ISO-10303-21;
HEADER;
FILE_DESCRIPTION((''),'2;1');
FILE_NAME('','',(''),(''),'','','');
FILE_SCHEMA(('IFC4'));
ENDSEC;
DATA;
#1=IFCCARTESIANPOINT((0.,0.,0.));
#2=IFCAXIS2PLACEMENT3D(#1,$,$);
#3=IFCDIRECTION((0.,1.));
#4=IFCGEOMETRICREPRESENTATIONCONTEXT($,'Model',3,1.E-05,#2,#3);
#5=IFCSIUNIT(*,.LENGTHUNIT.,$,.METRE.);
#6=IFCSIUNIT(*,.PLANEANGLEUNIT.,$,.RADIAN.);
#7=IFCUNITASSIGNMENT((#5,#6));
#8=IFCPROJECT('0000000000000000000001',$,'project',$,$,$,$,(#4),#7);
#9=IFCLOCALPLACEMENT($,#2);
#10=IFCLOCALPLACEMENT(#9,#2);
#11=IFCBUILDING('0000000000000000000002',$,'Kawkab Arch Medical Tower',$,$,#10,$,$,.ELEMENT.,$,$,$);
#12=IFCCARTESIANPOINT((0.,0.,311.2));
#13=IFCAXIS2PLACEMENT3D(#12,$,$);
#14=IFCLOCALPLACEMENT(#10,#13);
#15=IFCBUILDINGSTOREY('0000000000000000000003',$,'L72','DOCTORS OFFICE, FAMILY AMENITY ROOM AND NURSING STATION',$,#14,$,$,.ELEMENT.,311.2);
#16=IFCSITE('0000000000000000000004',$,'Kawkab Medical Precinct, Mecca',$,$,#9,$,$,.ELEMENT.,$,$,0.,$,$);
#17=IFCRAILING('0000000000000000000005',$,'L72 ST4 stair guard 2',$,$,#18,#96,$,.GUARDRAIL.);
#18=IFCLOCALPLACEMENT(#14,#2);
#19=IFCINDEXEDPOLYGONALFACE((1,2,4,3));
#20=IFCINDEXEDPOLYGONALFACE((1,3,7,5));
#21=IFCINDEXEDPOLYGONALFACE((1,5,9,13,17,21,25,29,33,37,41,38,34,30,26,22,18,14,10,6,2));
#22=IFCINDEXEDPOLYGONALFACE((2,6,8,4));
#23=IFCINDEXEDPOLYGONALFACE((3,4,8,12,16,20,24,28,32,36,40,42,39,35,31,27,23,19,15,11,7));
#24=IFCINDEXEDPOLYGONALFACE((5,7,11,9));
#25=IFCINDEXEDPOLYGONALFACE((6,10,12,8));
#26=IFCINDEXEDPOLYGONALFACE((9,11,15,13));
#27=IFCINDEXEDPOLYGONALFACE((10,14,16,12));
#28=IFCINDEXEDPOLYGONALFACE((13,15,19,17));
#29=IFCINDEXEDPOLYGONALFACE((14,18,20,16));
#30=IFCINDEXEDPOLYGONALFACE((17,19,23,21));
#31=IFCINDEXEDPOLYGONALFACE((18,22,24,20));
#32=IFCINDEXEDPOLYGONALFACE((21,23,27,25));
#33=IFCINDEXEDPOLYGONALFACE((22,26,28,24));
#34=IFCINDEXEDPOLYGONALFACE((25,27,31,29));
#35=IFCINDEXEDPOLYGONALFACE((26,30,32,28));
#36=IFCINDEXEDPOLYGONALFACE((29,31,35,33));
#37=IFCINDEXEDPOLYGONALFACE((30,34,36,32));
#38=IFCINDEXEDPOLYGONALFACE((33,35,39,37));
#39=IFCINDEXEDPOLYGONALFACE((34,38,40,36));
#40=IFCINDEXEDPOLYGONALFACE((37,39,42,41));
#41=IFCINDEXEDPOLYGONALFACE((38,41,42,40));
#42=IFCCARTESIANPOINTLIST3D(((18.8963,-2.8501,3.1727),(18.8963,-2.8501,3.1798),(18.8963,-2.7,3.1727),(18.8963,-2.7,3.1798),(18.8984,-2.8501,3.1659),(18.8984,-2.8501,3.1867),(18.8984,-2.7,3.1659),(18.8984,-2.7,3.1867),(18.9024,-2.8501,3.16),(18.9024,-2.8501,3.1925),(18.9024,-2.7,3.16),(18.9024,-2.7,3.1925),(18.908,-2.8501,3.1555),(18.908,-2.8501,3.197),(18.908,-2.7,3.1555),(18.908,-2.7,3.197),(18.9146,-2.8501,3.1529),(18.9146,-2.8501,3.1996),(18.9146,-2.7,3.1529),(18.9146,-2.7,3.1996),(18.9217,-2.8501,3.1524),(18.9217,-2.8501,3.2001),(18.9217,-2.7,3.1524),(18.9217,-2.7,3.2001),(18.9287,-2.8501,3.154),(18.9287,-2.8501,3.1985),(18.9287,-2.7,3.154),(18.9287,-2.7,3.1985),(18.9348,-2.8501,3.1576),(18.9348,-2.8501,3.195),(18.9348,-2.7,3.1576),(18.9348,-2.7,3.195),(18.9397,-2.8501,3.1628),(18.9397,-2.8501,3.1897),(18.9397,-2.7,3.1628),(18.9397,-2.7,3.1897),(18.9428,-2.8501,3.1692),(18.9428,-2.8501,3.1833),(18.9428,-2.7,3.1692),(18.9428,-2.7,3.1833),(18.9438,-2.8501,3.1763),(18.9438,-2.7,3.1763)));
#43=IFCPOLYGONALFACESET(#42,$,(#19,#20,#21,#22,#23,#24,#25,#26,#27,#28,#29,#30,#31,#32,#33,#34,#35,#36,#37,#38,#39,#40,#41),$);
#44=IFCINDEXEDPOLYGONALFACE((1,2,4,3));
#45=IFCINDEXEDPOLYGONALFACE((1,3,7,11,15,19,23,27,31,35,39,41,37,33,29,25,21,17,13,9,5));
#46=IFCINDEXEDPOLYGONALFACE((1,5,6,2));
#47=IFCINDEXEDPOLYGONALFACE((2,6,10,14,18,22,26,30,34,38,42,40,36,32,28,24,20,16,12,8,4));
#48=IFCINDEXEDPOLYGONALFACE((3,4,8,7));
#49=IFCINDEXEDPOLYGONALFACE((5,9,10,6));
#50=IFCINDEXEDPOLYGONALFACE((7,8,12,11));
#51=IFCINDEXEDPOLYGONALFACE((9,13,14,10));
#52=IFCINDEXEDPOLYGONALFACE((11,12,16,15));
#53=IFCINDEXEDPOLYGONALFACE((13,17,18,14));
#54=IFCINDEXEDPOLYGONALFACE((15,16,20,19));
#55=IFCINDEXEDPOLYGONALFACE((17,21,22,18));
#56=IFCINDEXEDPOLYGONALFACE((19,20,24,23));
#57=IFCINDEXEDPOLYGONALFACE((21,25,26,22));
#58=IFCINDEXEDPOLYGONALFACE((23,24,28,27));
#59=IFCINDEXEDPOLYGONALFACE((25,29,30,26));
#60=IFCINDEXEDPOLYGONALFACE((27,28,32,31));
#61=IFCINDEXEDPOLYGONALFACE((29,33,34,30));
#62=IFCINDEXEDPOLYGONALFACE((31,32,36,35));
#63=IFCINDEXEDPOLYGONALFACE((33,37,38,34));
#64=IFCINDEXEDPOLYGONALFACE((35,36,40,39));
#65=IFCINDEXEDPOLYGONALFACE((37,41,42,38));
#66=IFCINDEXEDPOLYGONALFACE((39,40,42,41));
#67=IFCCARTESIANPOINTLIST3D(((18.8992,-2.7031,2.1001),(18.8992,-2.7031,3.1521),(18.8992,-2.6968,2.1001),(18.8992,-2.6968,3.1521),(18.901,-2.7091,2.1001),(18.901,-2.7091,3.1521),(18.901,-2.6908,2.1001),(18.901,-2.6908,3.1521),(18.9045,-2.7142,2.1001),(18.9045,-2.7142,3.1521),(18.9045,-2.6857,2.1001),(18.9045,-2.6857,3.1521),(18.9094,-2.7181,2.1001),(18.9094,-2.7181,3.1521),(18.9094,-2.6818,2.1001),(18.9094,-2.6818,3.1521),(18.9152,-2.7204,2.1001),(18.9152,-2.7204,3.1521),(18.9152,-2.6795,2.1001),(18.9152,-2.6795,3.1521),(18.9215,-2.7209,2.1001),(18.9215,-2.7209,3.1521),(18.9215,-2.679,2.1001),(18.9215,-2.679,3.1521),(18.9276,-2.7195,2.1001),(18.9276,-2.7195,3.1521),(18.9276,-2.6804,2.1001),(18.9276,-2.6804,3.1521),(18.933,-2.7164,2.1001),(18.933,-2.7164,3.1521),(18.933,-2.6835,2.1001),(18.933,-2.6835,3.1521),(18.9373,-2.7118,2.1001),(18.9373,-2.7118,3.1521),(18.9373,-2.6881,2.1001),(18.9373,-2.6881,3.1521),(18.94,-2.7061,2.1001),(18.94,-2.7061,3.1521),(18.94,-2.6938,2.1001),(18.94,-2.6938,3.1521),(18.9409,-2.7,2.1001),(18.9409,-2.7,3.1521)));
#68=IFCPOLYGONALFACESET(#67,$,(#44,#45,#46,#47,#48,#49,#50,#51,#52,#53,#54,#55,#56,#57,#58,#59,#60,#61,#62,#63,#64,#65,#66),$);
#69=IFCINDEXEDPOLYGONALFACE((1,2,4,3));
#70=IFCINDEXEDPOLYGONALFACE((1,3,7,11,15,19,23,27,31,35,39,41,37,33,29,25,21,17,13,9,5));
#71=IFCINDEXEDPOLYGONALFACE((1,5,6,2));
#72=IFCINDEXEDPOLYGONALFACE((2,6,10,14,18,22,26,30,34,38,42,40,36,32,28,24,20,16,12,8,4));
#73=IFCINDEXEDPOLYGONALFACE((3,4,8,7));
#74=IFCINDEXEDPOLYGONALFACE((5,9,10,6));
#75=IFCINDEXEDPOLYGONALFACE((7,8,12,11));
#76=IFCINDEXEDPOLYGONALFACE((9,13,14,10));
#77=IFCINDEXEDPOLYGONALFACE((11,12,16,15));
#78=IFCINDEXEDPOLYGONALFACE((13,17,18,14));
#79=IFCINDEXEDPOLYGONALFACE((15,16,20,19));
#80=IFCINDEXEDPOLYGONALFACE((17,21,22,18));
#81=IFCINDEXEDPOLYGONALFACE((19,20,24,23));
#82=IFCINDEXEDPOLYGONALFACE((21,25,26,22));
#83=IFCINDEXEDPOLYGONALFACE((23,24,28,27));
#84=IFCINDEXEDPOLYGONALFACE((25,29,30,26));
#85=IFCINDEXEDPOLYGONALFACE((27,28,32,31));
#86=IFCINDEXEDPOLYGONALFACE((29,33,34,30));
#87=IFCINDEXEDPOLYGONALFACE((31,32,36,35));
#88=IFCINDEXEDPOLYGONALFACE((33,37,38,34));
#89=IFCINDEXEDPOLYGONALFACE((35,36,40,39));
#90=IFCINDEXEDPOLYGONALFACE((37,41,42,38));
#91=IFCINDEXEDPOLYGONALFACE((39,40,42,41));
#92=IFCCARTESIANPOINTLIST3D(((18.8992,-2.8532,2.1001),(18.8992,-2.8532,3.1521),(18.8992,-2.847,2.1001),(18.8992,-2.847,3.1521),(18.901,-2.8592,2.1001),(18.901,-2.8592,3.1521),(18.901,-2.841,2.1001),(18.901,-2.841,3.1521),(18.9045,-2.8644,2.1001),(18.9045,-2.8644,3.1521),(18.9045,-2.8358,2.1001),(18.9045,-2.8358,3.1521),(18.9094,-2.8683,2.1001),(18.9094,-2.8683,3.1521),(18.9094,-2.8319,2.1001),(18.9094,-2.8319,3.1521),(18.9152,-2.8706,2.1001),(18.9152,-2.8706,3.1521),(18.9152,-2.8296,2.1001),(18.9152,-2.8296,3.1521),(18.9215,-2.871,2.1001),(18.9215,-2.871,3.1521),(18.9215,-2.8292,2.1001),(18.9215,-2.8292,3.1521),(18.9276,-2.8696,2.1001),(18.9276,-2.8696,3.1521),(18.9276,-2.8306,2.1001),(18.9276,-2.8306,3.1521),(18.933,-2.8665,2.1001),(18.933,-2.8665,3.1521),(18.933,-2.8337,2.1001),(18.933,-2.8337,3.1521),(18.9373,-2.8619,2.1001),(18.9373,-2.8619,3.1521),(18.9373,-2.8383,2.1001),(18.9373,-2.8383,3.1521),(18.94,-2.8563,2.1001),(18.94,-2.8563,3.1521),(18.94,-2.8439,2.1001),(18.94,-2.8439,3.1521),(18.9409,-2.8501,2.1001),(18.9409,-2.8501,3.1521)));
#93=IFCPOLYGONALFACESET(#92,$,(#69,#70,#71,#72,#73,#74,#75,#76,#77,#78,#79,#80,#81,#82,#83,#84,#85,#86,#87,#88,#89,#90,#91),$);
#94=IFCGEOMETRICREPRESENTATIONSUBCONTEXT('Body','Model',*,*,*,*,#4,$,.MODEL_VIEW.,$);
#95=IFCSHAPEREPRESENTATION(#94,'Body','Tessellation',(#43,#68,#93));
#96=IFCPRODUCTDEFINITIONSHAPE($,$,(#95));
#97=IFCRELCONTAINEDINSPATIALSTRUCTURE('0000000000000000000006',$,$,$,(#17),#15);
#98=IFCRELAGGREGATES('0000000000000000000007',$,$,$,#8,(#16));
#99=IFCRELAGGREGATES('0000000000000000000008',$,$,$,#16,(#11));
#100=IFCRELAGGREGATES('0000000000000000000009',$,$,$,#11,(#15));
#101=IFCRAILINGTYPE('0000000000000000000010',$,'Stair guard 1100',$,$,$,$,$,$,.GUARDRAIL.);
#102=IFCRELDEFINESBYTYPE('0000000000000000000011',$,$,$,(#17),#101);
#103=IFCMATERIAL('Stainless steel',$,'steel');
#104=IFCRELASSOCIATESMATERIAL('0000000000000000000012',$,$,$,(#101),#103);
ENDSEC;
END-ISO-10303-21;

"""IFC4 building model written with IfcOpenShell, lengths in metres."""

from ifc_helpers import new_model, si_unit, direction, frame, origin, origin_2d, place, context, subcontext, project, spatial, circle, extrude, material, type_object, element, save


model = new_model("IFC4")

# Units and contexts
model_context = context("Model", 3, precision=1e-05, world=origin(), true_north=direction((0.0, 1.0)))
body_context = subcontext(model_context, "Body", "Model", "MODEL_VIEW")
ifc_project = project(units=[si_unit("LENGTHUNIT", "METRE"), si_unit("PLANEANGLEUNIT", "RADIAN")], contexts=[model_context])

# Site, building, storey
site_placement = place(None, origin())
site = spatial("IfcSite", under=ifc_project, at=site_placement, Name="Kawkab Medical Precinct, Mecca", CompositionType="ELEMENT", RefElevation=0.0)
building_placement = place(site_placement, origin())
building = spatial("IfcBuilding", under=site, at=building_placement, Name="Kawkab Arch Medical Tower", CompositionType="ELEMENT")
storey_placement = place(building_placement, frame((0.0, 0.0, 311.2)))
storey = spatial("IfcBuildingStorey", under=building, at=storey_placement, Name="L72", Description="DOCTORS OFFICE, FAMILY AMENITY ROOM AND NURSING STATION", CompositionType="ELEMENT", Elevation=311.2)

# Railing
ifc_material_1 = material(Name="Stainless steel", Category="steel")
railing_type_1 = type_object("IfcRailingType", Name="Stair guard 1100", PredefinedType="GUARDRAIL", material=ifc_material_1)
railing_1_placement = place(storey_placement, frame((18.9199, -2.7, 2.1001)))
element("IfcRailing", 1, at=railing_1_placement, inside=storey, type_object=railing_type_1, Name="L72 ST4 stair guard 2", PredefinedType="GUARDRAIL", context=body_context, shape_type="SweptSolid", body=[
    extrude(circle(Radius=0.0239, at=origin_2d()), frame((0.0, 0.0, 1.0762), z_axis=(0.0, -1.0, 0.0), x_axis=(1.0, 0.0, 0.0)), (0.0, 0.0, 1.0), 0.1501),
    extrude(circle(Radius=0.021, at=origin_2d()), origin(), (0.0, 0.0, 1.0), 1.052),
    extrude(circle(Radius=0.021, at=origin_2d()), frame((0.0, -0.1501, 0.0)), (0.0, 0.0, 1.0), 1.052),
])

save(model, "model.ifc")
